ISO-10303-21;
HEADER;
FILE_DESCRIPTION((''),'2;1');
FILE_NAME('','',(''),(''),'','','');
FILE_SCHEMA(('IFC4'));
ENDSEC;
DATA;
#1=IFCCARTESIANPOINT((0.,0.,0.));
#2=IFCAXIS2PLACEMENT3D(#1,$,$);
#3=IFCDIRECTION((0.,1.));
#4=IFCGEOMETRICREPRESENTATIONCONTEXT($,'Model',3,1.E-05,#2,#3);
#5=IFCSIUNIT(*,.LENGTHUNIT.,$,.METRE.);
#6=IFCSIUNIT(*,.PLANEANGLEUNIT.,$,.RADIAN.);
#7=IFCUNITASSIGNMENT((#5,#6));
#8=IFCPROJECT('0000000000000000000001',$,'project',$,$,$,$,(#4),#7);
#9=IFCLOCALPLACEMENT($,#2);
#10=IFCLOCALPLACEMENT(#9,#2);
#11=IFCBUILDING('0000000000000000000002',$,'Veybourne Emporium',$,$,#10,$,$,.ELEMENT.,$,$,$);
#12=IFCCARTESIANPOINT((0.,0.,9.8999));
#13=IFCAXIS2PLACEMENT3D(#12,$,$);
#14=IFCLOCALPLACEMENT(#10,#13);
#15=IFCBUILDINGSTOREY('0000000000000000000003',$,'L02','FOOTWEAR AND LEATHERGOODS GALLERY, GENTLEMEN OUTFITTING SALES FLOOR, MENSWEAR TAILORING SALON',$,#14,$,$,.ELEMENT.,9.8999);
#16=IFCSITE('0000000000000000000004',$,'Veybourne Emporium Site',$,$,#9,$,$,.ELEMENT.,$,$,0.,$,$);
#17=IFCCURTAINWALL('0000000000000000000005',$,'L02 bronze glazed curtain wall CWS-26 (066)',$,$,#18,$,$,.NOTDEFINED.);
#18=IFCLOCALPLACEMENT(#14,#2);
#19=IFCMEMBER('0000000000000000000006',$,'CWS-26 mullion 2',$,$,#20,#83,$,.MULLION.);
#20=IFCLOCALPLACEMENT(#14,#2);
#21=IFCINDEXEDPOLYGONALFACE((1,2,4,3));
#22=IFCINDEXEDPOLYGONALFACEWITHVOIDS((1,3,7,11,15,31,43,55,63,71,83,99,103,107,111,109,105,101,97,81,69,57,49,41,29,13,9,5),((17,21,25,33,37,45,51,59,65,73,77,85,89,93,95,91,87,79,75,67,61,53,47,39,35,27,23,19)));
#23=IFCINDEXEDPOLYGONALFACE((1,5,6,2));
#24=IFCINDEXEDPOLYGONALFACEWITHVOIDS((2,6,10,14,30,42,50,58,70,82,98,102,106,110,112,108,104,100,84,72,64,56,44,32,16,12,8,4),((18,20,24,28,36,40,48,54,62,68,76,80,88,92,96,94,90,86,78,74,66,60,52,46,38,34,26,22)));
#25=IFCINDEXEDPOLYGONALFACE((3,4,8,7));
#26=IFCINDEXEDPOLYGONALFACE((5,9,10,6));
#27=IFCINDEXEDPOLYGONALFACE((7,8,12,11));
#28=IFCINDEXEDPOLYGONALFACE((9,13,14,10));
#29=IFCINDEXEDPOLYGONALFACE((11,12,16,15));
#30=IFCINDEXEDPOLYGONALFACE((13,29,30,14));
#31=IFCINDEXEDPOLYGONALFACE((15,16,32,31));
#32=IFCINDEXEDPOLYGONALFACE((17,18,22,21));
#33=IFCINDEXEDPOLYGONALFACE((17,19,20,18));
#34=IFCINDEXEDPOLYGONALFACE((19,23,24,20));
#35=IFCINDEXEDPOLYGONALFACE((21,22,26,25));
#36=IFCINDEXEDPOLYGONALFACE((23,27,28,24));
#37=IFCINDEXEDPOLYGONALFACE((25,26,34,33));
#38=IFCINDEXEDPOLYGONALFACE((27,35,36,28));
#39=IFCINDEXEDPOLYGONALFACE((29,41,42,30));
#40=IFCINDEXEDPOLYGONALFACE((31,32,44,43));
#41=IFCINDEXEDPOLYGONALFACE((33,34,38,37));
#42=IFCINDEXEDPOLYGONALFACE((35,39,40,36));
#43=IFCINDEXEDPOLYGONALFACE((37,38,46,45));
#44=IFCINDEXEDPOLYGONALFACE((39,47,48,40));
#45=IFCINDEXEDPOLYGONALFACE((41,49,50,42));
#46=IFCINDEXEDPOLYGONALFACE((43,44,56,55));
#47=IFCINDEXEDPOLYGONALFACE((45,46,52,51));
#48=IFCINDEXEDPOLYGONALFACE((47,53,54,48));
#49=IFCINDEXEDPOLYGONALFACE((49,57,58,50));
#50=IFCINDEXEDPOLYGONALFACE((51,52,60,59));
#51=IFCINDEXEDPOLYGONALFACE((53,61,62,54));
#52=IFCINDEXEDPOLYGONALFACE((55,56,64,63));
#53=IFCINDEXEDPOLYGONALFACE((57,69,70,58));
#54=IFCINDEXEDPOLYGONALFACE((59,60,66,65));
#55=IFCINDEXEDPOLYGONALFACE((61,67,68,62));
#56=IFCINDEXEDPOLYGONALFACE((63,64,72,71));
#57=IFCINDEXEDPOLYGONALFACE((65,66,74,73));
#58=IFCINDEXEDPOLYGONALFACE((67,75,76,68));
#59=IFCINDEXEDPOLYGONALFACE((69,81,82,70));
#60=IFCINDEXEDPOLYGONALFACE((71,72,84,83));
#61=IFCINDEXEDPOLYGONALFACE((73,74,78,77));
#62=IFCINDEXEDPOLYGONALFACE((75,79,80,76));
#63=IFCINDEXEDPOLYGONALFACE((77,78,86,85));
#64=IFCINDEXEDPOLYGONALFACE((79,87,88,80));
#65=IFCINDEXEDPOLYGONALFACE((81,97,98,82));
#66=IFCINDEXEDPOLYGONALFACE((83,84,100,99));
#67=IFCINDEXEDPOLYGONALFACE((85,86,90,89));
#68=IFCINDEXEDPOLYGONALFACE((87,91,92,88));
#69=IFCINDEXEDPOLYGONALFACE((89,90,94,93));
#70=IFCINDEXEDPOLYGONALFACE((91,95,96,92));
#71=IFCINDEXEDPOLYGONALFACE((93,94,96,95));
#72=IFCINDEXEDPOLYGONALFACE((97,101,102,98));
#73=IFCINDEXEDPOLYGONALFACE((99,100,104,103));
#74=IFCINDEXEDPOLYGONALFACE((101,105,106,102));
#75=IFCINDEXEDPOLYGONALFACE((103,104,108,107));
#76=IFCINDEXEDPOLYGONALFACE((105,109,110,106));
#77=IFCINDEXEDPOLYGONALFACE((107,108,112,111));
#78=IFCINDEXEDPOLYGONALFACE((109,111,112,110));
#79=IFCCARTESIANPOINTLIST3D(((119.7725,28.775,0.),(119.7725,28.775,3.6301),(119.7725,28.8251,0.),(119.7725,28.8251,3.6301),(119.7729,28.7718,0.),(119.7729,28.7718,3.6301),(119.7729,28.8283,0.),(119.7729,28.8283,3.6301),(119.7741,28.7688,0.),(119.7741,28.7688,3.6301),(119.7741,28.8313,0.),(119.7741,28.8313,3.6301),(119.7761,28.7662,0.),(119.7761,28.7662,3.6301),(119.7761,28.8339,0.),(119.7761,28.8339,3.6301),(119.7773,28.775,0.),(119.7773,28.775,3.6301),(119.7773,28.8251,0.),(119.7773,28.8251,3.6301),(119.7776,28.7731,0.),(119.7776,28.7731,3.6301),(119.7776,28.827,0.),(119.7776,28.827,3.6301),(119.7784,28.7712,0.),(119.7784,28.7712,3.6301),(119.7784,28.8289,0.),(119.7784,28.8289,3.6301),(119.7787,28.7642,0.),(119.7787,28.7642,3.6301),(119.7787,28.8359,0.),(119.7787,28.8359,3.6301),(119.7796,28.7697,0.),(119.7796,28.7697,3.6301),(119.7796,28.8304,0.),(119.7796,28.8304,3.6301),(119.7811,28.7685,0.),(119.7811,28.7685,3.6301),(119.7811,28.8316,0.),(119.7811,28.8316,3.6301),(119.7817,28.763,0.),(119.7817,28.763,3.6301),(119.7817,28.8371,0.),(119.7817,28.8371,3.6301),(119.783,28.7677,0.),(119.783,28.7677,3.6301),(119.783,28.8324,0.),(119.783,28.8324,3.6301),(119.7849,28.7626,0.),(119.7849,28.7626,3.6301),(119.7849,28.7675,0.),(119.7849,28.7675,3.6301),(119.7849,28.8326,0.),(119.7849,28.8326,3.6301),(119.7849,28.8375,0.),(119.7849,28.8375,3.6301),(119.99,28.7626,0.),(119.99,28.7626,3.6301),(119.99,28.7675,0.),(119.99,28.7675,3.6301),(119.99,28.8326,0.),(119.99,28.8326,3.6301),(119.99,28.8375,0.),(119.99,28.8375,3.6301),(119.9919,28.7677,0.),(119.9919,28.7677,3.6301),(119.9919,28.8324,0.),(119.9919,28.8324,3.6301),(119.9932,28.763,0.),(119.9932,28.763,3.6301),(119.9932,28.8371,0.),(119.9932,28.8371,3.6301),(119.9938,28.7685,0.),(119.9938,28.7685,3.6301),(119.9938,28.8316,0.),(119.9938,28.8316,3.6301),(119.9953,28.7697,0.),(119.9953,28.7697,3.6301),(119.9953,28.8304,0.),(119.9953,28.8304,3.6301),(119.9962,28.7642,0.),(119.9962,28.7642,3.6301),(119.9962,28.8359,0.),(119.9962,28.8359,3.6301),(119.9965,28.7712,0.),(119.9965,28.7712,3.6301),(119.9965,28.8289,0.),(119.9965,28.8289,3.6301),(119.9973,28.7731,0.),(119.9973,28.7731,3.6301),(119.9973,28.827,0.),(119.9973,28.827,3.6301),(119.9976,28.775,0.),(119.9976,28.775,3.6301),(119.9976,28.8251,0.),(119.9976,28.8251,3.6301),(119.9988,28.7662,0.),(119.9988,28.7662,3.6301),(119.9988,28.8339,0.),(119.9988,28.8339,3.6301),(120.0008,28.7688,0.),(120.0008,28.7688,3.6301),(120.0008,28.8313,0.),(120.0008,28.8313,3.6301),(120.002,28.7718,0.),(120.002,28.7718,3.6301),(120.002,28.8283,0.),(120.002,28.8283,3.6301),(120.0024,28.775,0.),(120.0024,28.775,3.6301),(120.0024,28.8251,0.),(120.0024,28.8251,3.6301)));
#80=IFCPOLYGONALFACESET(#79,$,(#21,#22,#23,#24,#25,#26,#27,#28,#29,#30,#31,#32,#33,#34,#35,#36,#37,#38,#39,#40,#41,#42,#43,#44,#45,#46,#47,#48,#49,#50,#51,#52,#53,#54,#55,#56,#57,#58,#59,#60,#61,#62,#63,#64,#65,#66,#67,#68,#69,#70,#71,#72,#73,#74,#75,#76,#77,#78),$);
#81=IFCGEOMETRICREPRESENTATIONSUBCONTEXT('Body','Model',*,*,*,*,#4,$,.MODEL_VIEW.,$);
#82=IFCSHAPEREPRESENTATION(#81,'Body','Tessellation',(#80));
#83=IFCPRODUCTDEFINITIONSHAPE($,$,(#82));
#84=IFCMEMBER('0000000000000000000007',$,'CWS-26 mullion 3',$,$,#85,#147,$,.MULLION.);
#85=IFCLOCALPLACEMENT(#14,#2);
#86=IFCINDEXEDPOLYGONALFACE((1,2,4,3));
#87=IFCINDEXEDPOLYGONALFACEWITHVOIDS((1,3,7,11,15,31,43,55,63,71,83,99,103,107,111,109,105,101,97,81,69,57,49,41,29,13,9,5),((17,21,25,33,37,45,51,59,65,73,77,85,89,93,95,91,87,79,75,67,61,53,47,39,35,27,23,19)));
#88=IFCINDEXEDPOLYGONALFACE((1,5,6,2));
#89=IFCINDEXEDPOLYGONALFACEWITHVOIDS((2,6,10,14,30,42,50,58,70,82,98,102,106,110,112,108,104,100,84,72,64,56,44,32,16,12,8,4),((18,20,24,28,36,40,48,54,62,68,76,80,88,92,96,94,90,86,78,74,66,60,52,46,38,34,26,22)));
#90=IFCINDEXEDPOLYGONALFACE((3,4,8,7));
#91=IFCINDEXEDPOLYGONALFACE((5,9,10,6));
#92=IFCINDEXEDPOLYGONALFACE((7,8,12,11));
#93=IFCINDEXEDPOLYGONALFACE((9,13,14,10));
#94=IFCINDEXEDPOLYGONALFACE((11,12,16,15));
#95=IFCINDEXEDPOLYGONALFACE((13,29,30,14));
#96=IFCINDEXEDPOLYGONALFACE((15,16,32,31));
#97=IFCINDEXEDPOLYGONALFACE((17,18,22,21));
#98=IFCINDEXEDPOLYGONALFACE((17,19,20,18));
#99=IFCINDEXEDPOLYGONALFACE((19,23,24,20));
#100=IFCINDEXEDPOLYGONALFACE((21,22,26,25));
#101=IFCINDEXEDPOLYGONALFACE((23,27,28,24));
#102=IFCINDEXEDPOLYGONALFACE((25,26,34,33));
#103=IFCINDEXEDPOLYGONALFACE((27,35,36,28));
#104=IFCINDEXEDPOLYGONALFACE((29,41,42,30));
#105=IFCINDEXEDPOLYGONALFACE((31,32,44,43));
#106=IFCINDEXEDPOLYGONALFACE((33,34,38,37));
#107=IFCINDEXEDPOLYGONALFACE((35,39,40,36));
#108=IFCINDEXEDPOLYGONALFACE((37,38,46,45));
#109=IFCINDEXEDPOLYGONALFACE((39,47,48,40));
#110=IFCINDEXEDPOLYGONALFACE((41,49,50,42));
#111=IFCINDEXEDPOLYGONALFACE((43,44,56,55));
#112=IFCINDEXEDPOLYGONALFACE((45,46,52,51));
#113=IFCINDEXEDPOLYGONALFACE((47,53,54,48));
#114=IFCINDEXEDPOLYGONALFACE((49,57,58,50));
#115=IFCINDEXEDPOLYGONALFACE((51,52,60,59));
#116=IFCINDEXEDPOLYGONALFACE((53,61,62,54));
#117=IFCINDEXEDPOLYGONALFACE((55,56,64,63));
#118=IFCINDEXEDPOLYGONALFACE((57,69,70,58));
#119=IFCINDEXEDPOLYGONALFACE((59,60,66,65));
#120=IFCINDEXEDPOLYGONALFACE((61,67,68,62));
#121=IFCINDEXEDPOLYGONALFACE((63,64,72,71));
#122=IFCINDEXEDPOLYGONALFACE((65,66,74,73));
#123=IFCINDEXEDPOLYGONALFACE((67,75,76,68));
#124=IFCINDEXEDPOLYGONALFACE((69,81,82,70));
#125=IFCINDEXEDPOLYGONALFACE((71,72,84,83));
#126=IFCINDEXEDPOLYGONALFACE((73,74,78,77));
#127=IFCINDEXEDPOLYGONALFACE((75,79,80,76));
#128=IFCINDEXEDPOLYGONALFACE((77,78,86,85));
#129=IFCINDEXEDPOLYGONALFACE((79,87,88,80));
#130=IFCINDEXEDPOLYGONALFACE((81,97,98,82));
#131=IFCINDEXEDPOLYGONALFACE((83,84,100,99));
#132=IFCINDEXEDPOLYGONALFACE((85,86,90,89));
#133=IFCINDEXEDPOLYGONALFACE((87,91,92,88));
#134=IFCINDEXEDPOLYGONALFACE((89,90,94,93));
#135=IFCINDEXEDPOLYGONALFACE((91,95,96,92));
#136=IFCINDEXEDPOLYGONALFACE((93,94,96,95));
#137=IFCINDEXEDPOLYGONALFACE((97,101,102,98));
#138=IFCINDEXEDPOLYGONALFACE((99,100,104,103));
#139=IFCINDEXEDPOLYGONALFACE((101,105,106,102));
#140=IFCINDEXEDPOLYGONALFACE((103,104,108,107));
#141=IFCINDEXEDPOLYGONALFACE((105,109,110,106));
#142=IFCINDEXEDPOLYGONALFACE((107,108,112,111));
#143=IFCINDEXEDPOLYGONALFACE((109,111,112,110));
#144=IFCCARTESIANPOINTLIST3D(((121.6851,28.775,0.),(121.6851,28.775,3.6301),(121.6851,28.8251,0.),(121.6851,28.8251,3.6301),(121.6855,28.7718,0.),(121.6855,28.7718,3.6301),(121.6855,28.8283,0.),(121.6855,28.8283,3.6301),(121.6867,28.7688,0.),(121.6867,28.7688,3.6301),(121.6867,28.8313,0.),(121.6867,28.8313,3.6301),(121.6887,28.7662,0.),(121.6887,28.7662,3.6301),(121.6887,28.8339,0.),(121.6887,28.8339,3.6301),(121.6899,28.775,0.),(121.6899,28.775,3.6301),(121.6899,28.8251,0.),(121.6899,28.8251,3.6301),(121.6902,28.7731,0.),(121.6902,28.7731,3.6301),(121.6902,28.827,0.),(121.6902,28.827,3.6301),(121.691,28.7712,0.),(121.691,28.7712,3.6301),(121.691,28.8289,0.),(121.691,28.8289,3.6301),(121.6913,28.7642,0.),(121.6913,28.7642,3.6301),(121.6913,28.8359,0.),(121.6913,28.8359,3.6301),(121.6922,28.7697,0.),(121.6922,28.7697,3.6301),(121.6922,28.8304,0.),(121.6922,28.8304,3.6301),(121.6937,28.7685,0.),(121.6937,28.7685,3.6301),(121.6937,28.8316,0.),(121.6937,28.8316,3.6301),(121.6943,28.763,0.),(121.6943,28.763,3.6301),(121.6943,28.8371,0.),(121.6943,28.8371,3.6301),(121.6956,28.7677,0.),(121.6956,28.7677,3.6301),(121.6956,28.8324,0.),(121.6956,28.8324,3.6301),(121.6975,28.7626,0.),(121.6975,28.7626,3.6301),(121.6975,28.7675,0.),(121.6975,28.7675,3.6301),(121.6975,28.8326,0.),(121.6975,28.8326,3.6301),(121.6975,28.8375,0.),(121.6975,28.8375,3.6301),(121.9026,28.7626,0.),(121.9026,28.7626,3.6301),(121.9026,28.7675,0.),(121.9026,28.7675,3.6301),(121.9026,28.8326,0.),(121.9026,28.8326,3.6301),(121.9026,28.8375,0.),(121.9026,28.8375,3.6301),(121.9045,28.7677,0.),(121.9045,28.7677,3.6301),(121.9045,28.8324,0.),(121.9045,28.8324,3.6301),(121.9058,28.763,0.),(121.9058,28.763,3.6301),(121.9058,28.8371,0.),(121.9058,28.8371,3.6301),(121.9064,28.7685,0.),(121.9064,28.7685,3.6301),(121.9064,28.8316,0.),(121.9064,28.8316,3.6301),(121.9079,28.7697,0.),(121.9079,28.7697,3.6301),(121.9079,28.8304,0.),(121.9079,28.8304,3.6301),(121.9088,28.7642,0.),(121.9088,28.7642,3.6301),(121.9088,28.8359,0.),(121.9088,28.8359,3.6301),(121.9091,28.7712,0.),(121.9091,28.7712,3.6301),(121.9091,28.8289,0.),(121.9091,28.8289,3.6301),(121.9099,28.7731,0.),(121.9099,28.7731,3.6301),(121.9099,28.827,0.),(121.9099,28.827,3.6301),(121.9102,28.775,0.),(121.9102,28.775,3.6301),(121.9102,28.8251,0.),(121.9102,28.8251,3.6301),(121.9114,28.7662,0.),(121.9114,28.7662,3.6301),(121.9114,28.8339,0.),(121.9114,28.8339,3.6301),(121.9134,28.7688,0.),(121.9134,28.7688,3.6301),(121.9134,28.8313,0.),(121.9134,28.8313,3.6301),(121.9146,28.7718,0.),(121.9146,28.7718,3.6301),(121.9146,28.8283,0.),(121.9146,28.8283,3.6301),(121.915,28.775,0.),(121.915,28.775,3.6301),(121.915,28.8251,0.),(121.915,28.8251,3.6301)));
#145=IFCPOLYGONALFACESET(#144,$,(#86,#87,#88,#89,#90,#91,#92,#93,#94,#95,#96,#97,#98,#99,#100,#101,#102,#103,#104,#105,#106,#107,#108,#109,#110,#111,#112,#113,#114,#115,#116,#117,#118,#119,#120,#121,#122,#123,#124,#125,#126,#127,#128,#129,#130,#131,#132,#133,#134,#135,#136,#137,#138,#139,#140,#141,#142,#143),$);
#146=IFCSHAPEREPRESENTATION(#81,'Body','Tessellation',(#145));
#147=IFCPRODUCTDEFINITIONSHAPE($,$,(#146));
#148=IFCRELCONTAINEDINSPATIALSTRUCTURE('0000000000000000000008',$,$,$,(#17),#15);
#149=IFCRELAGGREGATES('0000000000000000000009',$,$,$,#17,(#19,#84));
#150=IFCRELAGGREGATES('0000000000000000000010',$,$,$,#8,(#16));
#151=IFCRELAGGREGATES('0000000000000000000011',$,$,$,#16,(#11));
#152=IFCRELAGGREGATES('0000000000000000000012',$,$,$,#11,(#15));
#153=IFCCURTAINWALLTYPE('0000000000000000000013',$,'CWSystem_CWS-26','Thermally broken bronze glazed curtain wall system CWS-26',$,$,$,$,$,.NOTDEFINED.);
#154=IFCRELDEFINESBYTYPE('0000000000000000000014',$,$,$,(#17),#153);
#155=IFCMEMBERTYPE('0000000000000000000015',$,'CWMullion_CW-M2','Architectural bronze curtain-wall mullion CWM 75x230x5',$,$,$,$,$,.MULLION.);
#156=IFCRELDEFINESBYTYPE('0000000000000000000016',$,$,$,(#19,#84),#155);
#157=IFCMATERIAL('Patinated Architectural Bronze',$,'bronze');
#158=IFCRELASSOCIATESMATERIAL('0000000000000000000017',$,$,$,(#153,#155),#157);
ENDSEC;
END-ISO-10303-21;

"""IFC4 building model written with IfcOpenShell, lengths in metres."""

from ifc_helpers import new_model, si_unit, direction, frame, origin, origin_2d, place, context, subcontext, project, spatial, hollow_rectangle, extrude, material, material_profile, profile_set, type_object, element, aggregate, save


model = new_model("IFC4")

# Units and contexts
model_context = context("Model", 3, precision=1e-05, world=origin(), true_north=direction((0.0, 1.0)))
body_context = subcontext(model_context, "Body", "Model", "MODEL_VIEW")
ifc_project = project(units=[si_unit("LENGTHUNIT", "METRE"), si_unit("PLANEANGLEUNIT", "RADIAN")], contexts=[model_context])

# Site, building, storey
site_placement = place(None, origin())
site = spatial("IfcSite", under=ifc_project, at=site_placement, Name="Veybourne Emporium Site", CompositionType="ELEMENT", RefElevation=0.0)
building_placement = place(site_placement, origin())
building = spatial("IfcBuilding", under=site, at=building_placement, Name="Veybourne Emporium", CompositionType="ELEMENT")
storey_placement = place(building_placement, frame((0.0, 0.0, 9.8999)))
storey = spatial("IfcBuildingStorey", under=building, at=storey_placement, Name="L02", Description="FOOTWEAR AND LEATHERGOODS GALLERY, GENTLEMEN OUTFITTING SALES FLOOR, MENSWEAR TAILORING SALON", CompositionType="ELEMENT", Elevation=9.8999)

# Curtain wall, members
ifc_material_1 = material(Name="Patinated Architectural Bronze", Category="bronze")
curtain_wall_type = type_object("IfcCurtainWallType", Name="CWSystem_CWS-26", Description="Thermally broken bronze glazed curtain wall system CWS-26", PredefinedType="NOTDEFINED", material=ifc_material_1)
curtain_wall_placement = place(storey_placement, origin())
curtain_wall = element("IfcCurtainWall", 1, at=curtain_wall_placement, inside=storey, type_object=curtain_wall_type, Name="L02 bronze glazed curtain wall CWS-26 (066)", PredefinedType="NOTDEFINED")
ifc_material_profile_1 = material_profile(ifc_material_1, hollow_rectangle(XDim=0.075, YDim=0.23, WallThickness=0.0049, InnerFilletRadius=0.0076, OuterFilletRadius=0.0125, at=origin_2d()), Name="CWM 75x230x5")
ifc_profile_set_1 = profile_set([ifc_material_profile_1], Name="Patinated Architectural Bronze")
member_type_1 = type_object("IfcMemberType", Name="CWMullion_CW-M2", Description="Architectural bronze curtain-wall mullion CWM 75x230x5", PredefinedType="MULLION", material=ifc_profile_set_1)
member_1_placement = place(storey_placement, frame((119.8875, 28.8, 0.0), z_axis=(0.0, 0.0, 1.0), x_axis=(0.0, 1.0, 0.0)))
member_1 = element("IfcMember", 2, at=member_1_placement, type_object=member_type_1, Name="CWS-26 mullion 2", PredefinedType="MULLION", context=body_context, shape_type="SweptSolid", body=[
    extrude(hollow_rectangle(XDim=0.075, YDim=0.23, WallThickness=0.0049, InnerFilletRadius=0.0076, OuterFilletRadius=0.0125, at=origin_2d()), origin(), (0.0, 0.0, 1.0), 3.6301),
])
member_2_placement = place(storey_placement, frame((121.8, 28.8, 0.0), z_axis=(0.0, 0.0, 1.0), x_axis=(0.0, 1.0, 0.0)))
member_2 = element("IfcMember", 3, at=member_2_placement, type_object=member_type_1, Name="CWS-26 mullion 3", PredefinedType="MULLION", context=body_context, shape_type="SweptSolid", body=[
    extrude(hollow_rectangle(XDim=0.075, YDim=0.23, WallThickness=0.0049, InnerFilletRadius=0.0076, OuterFilletRadius=0.0125, at=origin_2d()), origin(), (0.0, 0.0, 1.0), 3.6301),
])
aggregate(curtain_wall, [member_1, member_2])

save(model, "model.ifc")
